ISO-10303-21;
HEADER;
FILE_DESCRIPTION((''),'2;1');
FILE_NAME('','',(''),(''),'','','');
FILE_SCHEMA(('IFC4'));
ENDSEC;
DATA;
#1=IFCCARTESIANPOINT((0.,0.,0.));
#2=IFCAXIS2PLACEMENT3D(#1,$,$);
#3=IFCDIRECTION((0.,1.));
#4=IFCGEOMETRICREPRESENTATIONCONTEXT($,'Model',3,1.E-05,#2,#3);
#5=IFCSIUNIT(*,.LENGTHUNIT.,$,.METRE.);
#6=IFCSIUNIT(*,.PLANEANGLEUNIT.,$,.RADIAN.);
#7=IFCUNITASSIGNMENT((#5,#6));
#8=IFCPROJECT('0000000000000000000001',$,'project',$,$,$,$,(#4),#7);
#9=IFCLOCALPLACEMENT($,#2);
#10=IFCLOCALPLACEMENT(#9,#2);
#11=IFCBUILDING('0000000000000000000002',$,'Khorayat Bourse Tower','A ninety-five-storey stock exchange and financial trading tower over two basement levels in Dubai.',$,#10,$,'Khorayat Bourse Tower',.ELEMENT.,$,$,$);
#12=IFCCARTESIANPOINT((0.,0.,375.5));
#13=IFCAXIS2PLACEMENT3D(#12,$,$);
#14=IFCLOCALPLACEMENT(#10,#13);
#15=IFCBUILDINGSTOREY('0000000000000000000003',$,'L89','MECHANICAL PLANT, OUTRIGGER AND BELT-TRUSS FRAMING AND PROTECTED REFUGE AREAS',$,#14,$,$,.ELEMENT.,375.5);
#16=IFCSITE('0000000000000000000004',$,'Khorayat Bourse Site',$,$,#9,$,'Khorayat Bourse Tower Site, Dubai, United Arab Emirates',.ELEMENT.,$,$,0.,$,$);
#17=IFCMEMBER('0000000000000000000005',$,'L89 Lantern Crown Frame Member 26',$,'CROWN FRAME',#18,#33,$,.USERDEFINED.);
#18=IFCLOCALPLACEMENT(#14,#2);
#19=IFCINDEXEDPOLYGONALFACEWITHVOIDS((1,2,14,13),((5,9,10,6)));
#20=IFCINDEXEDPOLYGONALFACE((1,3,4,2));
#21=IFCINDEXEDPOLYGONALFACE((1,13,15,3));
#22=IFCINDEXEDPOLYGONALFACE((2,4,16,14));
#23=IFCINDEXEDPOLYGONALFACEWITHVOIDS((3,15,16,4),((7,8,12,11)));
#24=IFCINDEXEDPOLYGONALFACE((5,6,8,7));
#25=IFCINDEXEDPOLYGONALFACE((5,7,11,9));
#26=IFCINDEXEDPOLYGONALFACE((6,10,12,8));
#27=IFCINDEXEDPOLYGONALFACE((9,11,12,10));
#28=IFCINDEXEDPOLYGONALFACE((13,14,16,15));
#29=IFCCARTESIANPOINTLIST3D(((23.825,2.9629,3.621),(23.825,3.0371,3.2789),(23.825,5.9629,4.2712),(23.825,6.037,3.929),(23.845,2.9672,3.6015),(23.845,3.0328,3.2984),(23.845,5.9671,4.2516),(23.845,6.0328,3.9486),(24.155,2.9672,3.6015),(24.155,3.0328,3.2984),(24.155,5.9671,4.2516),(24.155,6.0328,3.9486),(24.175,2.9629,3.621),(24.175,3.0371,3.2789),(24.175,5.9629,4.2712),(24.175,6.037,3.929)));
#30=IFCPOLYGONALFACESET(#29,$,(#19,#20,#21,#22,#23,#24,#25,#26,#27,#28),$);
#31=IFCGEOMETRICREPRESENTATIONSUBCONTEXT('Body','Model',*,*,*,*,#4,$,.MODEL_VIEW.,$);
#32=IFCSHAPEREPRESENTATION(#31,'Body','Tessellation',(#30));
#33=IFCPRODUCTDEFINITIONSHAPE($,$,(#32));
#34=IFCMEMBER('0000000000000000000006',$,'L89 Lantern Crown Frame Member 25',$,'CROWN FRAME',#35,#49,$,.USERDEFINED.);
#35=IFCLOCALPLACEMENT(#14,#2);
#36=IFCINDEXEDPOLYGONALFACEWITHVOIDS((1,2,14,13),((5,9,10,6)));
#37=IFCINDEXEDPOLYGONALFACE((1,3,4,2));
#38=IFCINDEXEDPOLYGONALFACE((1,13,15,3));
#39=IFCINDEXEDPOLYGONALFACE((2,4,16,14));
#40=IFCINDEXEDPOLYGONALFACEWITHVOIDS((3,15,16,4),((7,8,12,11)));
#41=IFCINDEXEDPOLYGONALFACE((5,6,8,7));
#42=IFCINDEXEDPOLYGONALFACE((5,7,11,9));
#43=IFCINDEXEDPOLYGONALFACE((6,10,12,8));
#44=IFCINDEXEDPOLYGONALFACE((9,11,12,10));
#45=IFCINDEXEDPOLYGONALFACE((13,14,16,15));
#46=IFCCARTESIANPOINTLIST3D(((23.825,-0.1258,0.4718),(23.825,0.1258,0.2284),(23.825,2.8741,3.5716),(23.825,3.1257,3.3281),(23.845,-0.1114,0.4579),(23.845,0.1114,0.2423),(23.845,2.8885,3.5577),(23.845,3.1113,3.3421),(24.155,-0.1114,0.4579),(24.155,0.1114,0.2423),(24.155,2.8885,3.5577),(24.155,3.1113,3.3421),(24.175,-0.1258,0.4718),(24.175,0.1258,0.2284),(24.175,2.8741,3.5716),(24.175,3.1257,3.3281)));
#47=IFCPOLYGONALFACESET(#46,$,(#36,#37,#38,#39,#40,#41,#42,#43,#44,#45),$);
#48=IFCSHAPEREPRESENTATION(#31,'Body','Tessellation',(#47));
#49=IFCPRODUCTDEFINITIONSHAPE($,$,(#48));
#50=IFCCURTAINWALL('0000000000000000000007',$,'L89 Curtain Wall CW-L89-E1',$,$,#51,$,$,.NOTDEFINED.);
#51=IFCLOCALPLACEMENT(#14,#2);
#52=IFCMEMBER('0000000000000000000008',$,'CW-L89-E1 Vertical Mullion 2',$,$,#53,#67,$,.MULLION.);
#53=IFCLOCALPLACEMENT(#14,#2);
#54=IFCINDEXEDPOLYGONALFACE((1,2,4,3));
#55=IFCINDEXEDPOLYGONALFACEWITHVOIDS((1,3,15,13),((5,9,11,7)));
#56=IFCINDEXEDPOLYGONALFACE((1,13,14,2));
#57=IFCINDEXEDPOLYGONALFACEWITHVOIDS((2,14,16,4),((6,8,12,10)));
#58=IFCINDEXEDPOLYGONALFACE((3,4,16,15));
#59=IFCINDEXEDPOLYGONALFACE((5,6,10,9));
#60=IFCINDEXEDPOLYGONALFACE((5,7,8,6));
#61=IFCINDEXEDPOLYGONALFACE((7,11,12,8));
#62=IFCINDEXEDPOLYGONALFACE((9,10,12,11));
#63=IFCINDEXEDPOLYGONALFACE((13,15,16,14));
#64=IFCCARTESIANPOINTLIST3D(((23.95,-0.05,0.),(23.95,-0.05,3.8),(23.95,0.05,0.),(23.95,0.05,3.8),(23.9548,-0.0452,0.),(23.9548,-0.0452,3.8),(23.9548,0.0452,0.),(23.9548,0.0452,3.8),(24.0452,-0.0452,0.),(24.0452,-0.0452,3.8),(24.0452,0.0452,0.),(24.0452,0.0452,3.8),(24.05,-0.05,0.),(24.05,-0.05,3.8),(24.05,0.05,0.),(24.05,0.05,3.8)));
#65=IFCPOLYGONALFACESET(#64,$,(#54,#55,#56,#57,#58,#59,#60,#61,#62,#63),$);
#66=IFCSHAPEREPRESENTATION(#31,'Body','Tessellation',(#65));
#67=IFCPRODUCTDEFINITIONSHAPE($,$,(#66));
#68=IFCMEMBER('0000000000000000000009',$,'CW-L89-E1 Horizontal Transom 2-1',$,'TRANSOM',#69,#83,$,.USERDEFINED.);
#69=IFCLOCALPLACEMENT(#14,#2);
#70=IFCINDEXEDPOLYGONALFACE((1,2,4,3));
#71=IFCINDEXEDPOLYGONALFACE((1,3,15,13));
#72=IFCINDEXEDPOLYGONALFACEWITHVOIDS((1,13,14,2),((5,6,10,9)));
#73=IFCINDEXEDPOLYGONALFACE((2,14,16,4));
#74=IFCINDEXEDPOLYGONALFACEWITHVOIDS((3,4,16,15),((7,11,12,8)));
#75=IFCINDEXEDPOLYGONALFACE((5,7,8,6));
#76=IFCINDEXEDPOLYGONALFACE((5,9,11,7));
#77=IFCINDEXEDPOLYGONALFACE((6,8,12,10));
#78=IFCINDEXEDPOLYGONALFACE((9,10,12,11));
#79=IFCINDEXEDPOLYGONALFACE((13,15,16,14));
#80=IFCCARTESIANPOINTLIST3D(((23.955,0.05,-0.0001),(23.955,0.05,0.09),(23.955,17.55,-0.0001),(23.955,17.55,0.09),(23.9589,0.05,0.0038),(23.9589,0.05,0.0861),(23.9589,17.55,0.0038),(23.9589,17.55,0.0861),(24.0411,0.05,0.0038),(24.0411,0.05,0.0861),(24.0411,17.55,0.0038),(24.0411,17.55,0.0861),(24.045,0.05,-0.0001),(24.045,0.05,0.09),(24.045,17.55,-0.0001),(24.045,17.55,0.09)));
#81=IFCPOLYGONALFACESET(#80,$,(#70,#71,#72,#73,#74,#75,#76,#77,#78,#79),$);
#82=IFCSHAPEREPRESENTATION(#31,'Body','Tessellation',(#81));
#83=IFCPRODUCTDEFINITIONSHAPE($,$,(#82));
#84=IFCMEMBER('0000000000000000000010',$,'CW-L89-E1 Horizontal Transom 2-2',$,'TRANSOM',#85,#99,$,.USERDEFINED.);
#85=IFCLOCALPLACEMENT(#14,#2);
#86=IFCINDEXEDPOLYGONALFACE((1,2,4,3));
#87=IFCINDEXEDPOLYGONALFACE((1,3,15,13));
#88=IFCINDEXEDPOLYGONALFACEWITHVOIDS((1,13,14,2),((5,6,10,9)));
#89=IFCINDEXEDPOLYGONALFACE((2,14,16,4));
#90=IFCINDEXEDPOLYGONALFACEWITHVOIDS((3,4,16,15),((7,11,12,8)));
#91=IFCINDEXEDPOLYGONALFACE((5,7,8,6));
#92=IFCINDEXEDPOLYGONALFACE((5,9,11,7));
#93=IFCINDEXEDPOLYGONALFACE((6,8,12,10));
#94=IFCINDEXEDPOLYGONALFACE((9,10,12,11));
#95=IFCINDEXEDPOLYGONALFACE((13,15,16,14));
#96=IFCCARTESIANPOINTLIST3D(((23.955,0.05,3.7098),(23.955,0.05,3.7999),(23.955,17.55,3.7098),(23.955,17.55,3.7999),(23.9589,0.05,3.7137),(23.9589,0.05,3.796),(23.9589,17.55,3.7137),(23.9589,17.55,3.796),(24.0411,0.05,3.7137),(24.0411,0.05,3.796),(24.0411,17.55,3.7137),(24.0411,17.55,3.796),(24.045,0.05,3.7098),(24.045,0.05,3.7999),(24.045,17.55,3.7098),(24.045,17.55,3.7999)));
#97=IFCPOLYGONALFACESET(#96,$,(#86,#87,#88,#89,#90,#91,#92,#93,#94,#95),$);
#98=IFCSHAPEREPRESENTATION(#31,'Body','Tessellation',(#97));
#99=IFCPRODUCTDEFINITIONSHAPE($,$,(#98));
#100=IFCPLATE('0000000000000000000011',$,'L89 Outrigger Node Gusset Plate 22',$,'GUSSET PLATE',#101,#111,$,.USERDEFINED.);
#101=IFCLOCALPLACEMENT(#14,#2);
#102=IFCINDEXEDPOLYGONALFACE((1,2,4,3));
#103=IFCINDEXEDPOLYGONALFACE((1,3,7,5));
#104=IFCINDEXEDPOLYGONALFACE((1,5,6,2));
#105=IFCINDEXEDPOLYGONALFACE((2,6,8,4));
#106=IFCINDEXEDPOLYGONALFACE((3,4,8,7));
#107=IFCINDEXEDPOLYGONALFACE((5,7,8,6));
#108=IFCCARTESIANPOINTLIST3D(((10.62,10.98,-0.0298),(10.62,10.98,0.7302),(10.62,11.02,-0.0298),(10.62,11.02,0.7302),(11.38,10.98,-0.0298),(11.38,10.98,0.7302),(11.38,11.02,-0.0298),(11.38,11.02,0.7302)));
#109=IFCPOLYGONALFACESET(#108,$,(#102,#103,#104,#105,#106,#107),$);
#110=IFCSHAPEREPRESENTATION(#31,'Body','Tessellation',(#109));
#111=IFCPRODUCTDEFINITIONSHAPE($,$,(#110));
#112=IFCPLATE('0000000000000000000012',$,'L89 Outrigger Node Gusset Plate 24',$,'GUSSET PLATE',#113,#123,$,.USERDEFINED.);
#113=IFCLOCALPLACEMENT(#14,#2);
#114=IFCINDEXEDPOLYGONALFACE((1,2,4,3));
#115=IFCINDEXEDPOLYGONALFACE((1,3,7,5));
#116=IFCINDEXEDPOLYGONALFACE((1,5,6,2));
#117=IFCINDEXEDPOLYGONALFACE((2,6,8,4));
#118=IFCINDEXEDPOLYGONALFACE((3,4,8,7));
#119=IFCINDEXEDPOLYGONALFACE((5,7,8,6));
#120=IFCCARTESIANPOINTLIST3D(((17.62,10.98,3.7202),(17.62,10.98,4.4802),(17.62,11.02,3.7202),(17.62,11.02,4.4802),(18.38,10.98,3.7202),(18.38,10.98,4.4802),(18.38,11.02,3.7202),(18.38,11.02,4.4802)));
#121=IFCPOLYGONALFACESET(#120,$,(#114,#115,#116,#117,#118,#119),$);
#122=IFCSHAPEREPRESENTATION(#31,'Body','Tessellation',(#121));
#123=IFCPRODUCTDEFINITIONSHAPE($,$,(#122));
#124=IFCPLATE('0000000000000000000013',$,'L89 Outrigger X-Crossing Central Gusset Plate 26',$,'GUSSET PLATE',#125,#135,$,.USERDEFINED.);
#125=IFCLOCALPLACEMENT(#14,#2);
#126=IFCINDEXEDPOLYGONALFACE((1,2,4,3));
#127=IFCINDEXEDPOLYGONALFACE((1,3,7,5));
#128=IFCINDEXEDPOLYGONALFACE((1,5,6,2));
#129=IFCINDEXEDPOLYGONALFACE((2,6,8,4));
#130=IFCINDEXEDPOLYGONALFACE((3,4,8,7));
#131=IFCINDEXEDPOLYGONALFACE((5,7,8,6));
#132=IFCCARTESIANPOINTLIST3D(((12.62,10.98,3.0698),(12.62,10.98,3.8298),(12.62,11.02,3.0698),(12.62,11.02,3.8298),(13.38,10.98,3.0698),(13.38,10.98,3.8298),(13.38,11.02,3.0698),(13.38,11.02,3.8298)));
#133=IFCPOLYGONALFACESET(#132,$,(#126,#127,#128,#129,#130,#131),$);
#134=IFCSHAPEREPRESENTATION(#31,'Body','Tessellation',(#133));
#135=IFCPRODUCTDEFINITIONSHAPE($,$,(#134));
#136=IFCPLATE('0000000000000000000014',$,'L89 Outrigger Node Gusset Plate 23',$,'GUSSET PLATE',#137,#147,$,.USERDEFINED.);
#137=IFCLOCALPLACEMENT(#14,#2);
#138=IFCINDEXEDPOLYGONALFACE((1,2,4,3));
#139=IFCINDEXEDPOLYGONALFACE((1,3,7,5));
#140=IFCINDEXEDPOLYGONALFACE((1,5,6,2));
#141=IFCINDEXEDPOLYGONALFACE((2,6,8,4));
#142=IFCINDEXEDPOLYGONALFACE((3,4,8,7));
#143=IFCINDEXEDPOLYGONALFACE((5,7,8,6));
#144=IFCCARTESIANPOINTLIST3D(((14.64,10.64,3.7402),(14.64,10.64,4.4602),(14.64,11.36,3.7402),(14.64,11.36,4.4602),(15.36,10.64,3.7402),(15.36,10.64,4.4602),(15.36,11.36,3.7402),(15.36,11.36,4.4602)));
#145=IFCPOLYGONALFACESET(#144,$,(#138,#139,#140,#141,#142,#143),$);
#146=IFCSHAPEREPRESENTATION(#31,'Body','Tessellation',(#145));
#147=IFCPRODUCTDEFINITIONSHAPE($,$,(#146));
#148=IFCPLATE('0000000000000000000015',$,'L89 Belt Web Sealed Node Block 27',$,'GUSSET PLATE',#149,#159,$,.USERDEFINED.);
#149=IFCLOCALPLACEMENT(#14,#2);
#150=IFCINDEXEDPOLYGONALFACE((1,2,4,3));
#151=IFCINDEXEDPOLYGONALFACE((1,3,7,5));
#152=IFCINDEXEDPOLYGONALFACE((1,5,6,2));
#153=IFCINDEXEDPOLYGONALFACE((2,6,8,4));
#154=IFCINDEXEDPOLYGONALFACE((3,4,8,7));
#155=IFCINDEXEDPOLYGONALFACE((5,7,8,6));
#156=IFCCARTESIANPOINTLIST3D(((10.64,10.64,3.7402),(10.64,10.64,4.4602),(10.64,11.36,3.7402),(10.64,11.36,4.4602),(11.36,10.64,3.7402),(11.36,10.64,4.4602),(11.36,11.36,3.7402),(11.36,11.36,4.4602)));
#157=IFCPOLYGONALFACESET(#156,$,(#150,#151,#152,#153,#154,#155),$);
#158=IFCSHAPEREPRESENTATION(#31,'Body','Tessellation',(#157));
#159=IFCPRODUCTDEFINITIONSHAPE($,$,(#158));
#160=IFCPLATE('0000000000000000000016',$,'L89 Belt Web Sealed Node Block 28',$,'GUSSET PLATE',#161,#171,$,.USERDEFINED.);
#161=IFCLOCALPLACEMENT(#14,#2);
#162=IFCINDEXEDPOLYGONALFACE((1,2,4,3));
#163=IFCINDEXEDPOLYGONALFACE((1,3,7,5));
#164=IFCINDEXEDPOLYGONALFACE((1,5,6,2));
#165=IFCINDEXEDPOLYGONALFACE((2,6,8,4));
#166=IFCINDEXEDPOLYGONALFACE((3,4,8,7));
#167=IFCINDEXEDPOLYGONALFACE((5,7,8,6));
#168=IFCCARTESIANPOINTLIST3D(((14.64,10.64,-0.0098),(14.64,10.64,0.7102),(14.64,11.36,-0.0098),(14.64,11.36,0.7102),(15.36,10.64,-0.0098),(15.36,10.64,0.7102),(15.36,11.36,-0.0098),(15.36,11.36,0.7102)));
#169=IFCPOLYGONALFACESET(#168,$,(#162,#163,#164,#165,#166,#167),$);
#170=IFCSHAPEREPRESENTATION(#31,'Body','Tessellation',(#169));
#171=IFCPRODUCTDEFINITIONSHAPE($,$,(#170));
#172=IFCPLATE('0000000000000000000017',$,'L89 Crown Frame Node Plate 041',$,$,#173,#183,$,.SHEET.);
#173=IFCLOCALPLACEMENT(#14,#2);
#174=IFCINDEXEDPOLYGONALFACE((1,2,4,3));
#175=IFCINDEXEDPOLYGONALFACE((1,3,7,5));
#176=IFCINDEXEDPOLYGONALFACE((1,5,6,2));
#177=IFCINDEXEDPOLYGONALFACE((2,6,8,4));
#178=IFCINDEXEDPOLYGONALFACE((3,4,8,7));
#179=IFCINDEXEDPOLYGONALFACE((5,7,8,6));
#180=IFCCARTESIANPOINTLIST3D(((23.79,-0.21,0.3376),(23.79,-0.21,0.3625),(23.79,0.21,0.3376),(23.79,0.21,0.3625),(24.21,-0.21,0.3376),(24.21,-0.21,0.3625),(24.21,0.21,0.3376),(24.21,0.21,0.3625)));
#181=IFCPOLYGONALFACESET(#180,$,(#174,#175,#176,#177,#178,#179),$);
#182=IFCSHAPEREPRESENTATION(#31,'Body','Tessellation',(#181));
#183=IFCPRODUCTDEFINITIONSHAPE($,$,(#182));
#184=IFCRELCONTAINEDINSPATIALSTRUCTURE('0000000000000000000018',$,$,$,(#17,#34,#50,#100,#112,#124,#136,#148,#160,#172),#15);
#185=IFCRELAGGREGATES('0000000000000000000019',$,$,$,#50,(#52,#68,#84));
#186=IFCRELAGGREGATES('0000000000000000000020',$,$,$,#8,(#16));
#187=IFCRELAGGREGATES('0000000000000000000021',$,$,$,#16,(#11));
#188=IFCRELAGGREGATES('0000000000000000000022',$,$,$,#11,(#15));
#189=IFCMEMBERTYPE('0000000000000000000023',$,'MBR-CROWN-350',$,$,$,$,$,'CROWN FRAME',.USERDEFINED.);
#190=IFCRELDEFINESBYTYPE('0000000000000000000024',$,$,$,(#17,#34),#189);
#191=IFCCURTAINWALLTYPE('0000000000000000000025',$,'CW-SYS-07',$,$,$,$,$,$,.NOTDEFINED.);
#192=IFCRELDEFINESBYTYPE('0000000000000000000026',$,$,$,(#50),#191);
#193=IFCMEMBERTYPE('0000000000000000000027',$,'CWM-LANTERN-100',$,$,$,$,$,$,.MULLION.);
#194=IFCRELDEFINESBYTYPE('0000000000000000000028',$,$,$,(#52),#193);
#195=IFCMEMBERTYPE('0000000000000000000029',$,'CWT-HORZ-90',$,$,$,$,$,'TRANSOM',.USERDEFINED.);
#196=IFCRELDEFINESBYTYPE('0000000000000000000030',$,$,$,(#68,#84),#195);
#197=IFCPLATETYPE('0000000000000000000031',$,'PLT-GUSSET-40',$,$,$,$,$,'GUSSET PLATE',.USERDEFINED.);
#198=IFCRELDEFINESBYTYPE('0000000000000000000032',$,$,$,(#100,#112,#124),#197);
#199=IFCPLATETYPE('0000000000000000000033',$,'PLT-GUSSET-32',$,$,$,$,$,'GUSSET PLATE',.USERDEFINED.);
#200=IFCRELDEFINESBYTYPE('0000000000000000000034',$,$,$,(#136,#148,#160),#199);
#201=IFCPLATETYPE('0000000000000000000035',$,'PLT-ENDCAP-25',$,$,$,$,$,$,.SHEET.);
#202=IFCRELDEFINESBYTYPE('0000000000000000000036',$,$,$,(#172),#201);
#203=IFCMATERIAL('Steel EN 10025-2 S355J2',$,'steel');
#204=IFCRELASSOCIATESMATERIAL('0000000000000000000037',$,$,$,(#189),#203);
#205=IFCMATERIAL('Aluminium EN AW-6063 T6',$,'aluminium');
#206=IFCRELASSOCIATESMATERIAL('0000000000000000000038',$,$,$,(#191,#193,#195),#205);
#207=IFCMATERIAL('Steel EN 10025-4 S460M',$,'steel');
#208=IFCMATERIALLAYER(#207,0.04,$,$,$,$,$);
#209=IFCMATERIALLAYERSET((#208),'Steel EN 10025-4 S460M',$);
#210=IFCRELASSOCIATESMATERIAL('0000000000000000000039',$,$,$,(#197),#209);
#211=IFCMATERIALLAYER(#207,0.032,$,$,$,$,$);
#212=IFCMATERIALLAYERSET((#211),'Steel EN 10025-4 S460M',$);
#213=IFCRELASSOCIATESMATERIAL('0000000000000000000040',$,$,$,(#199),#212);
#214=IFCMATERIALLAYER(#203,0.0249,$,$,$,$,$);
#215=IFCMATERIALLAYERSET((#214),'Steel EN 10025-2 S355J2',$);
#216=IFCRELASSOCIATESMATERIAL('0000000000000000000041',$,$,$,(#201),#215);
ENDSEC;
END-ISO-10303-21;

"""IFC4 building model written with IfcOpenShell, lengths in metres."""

from ifc_helpers import new_model, si_unit, direction, frame, origin, origin_2d, place, context, subcontext, project, spatial, rectangle, hollow_rectangle, extrude, source, transform, mapped, material, layer, layer_set, material_profile, profile_set, type_object, element, aggregate, save


model = new_model("IFC4")

# Units and contexts
model_context = context("Model", 3, precision=1e-05, world=origin(), true_north=direction((0.0, 1.0)))
body_context = subcontext(model_context, "Body", "Model", "MODEL_VIEW")
ifc_project = project(units=[si_unit("LENGTHUNIT", "METRE"), si_unit("PLANEANGLEUNIT", "RADIAN")], contexts=[model_context])

# Site, building, storey
site_placement = place(None, origin())
site = spatial("IfcSite", under=ifc_project, at=site_placement, Name="Khorayat Bourse Site", LongName="Khorayat Bourse Tower Site, Dubai, United Arab Emirates", CompositionType="ELEMENT", RefElevation=0.0)
building_placement = place(site_placement, origin())
building = spatial("IfcBuilding", under=site, at=building_placement, Name="Khorayat Bourse Tower", Description="A ninety-five-storey stock exchange and financial trading tower over two basement levels in Dubai.", LongName="Khorayat Bourse Tower", CompositionType="ELEMENT")
storey_placement = place(building_placement, frame((0.0, 0.0, 375.5)))
storey = spatial("IfcBuildingStorey", under=building, at=storey_placement, Name="L89", Description="MECHANICAL PLANT, OUTRIGGER AND BELT-TRUSS FRAMING AND PROTECTED REFUGE AREAS", CompositionType="ELEMENT", Elevation=375.5)

# Shared definitions
ifc_material_1 = material(Name="Steel EN 10025-2 S355J2", Category="steel")

# Shared definitions
ifc_material_2 = material(Name="Steel EN 10025-4 S460M", Category="steel")

# Members
ifc_material_profile_1 = material_profile(ifc_material_1, hollow_rectangle(XDim=0.3501, YDim=0.3501, WallThickness=0.02, at=origin_2d()), Name="HSS 350x350x20")
ifc_profile_set_1 = profile_set([ifc_material_profile_1], Name="Steel EN 10025-2 S355J2")
member_type_1 = type_object("IfcMemberType", Name="MBR-CROWN-350", ElementType="CROWN FRAME", PredefinedType="USERDEFINED", material=ifc_profile_set_1)
shared_shape_1 = source(origin(), body_context, "Body", "SweptSolid", [
    extrude(hollow_rectangle(XDim=0.3501, YDim=0.3501, WallThickness=0.02, at=origin_2d()), origin(), (0.0, 0.0, 1.0), 3.0696),
])
member_1_placement = place(storey_placement, frame((24.0, 3.0, 3.45), z_axis=(0.0, 0.977313, 0.211799), x_axis=(-1.0, 0.0, 0.0)))
element("IfcMember", 1, at=member_1_placement, inside=storey, type_object=member_type_1, Name="L89 Lantern Crown Frame Member 26", ObjectType="CROWN FRAME", PredefinedType="USERDEFINED", context=body_context, shape_type="MappedRepresentation", body=[
    mapped(shared_shape_1, transform((0.0, 0.0, 0.0), scale=1.0)),
])
shared_shape_2 = source(origin(), body_context, "Body", "SweptSolid", [
    extrude(hollow_rectangle(XDim=0.3501, YDim=0.3501, WallThickness=0.02, at=origin_2d()), origin(), (0.0, 0.0, 1.0), 4.3137),
])
member_2_placement = place(storey_placement, frame((24.0, 0.0, 0.3501), z_axis=(0.0, 0.695438, 0.718586), x_axis=(-1.0, 0.0, 0.0)))
element("IfcMember", 2, at=member_2_placement, inside=storey, type_object=member_type_1, Name="L89 Lantern Crown Frame Member 25", ObjectType="CROWN FRAME", PredefinedType="USERDEFINED", context=body_context, shape_type="MappedRepresentation", body=[
    mapped(shared_shape_2, transform((0.0, 0.0, 0.0), scale=1.0)),
])

# Curtain wall, members
ifc_material_3 = material(Name="Aluminium EN AW-6063 T6", Category="aluminium")
curtain_wall_type = type_object("IfcCurtainWallType", Name="CW-SYS-07", PredefinedType="NOTDEFINED", material=ifc_material_3)
curtain_wall_placement = place(storey_placement, origin())
curtain_wall = element("IfcCurtainWall", 3, at=curtain_wall_placement, inside=storey, type_object=curtain_wall_type, Name="L89 Curtain Wall CW-L89-E1", PredefinedType="NOTDEFINED")
ifc_material_profile_2 = material_profile(ifc_material_3, hollow_rectangle(XDim=0.1001, YDim=0.1001, WallThickness=0.0049, at=origin_2d()), Name="ALU 100x100x5")
ifc_profile_set_2 = profile_set([ifc_material_profile_2], Name="Aluminium EN AW-6063 T6")
member_type_2 = type_object("IfcMemberType", Name="CWM-LANTERN-100", PredefinedType="MULLION", material=ifc_profile_set_2)
shared_shape_3 = source(origin(), body_context, "Body", "SweptSolid", [
    extrude(hollow_rectangle(XDim=0.1001, YDim=0.1001, WallThickness=0.0049, at=origin_2d()), origin(), (0.0, 0.0, 1.0), 3.8),
])
member_3_placement = place(storey_placement, frame((24.0, 0.0, 0.0), z_axis=(0.0, 0.0, 1.0), x_axis=(-1.0, 0.0, 0.0)))
member_3 = element("IfcMember", 4, at=member_3_placement, type_object=member_type_2, Name="CW-L89-E1 Vertical Mullion 2", PredefinedType="MULLION", context=body_context, shape_type="MappedRepresentation", body=[
    mapped(shared_shape_3, transform((0.0, 0.0, 0.0), scale=1.0)),
])
ifc_material_profile_3 = material_profile(ifc_material_3, hollow_rectangle(XDim=0.0901, YDim=0.0901, WallThickness=0.0039, at=origin_2d()), Name="ALU 90x90x4")
ifc_profile_set_3 = profile_set([ifc_material_profile_3], Name="Aluminium EN AW-6063 T6")
member_type_3 = type_object("IfcMemberType", Name="CWT-HORZ-90", ElementType="TRANSOM", PredefinedType="USERDEFINED", material=ifc_profile_set_3)
shared_shape_4 = source(origin(), body_context, "Body", "SweptSolid", [
    extrude(hollow_rectangle(XDim=0.0901, YDim=0.0901, WallThickness=0.0039, at=origin_2d()), origin(), (0.0, 0.0, 1.0), 17.5),
])
member_4_placement = place(storey_placement, frame((24.0, 0.05, 0.0449), z_axis=(0.0, 1.0, 0.0), x_axis=(-1.0, 0.0, 0.0)))
member_4 = element("IfcMember", 5, at=member_4_placement, type_object=member_type_3, Name="CW-L89-E1 Horizontal Transom 2-1", ObjectType="TRANSOM", PredefinedType="USERDEFINED", context=body_context, shape_type="MappedRepresentation", body=[
    mapped(shared_shape_4, transform((0.0, 0.0, 0.0), scale=1.0)),
])
member_5_placement = place(storey_placement, frame((24.0, 0.05, 3.7549), z_axis=(0.0, 1.0, 0.0), x_axis=(-1.0, 0.0, 0.0)))
member_5 = element("IfcMember", 6, at=member_5_placement, type_object=member_type_3, Name="CW-L89-E1 Horizontal Transom 2-2", ObjectType="TRANSOM", PredefinedType="USERDEFINED", context=body_context, shape_type="MappedRepresentation", body=[
    mapped(shared_shape_4, transform((0.0, 0.0, 0.0), scale=1.0)),
])

# Plates
ifc_layer_1 = layer(ifc_material_2, 0.04)
ifc_layer_set_1 = layer_set([ifc_layer_1], Name="Steel EN 10025-4 S460M")
plate_type_1 = type_object("IfcPlateType", Name="PLT-GUSSET-40", ElementType="GUSSET PLATE", PredefinedType="USERDEFINED", material=ifc_layer_set_1)
shared_shape_5 = source(origin(), body_context, "Body", "SweptSolid", [
    extrude(rectangle(XDim=0.76, YDim=0.04, at=origin_2d()), origin(), (0.0, 0.0, 1.0), 0.76),
])
for number, where, z_axis, x_axis, name in (
    (7, (11.0, 11.0, -0.0298), (0.0, 0.0, 1.0), (1.0, 0.0, 0.0), "L89 Outrigger Node Gusset Plate 22"),
    (8, (18.0, 11.0, 3.7202), (0.0, 0.0, 1.0), (1.0, 0.0, 0.0), "L89 Outrigger Node Gusset Plate 24"),
    (9, (13.0, 11.0, 3.0698), (0.0, 0.0, 1.0), (1.0, 0.0, 0.0), "L89 Outrigger X-Crossing Central Gusset Plate 26"),
):
    element("IfcPlate", number, at=place(storey_placement, frame(where, z_axis=z_axis, x_axis=x_axis)), inside=storey, type_object=plate_type_1, Name=name, ObjectType="GUSSET PLATE", PredefinedType="USERDEFINED", context=body_context, shape_type="MappedRepresentation", body=[
        mapped(shared_shape_5, transform((0.0, 0.0, 0.0), scale=1.0)),
    ])
ifc_layer_2 = layer(ifc_material_2, 0.032)
ifc_layer_set_2 = layer_set([ifc_layer_2], Name="Steel EN 10025-4 S460M")
plate_type_2 = type_object("IfcPlateType", Name="PLT-GUSSET-32", ElementType="GUSSET PLATE", PredefinedType="USERDEFINED", material=ifc_layer_set_2)
shared_shape_6 = source(origin(), body_context, "Body", "SweptSolid", [
    extrude(rectangle(XDim=0.72, YDim=0.72, at=origin_2d()), origin(), (0.0, 0.0, 1.0), 0.72),
])
for number, where, z_axis, x_axis, name in (
    (10, (15.0, 11.0, 3.7402), (0.0, 0.0, 1.0), (1.0, 0.0, 0.0), "L89 Outrigger Node Gusset Plate 23"),
    (11, (11.0, 11.0, 3.7402), (0.0, 0.0, 1.0), (1.0, 0.0, 0.0), "L89 Belt Web Sealed Node Block 27"),
    (12, (15.0, 11.0, -0.0098), (0.0, 0.0, 1.0), (1.0, 0.0, 0.0), "L89 Belt Web Sealed Node Block 28"),
):
    element("IfcPlate", number, at=place(storey_placement, frame(where, z_axis=z_axis, x_axis=x_axis)), inside=storey, type_object=plate_type_2, Name=name, ObjectType="GUSSET PLATE", PredefinedType="USERDEFINED", context=body_context, shape_type="MappedRepresentation", body=[
        mapped(shared_shape_6, transform((0.0, 0.0, 0.0), scale=1.0)),
    ])
ifc_layer_3 = layer(ifc_material_1, 0.0249)
ifc_layer_set_3 = layer_set([ifc_layer_3], Name="Steel EN 10025-2 S355J2")
plate_type_3 = type_object("IfcPlateType", Name="PLT-ENDCAP-25", PredefinedType="SHEET", material=ifc_layer_set_3)
shared_shape_7 = source(origin(), body_context, "Body", "SweptSolid", [
    extrude(rectangle(XDim=0.4199, YDim=0.4199, at=origin_2d()), origin(), (0.0, 0.0, 1.0), 0.0249),
])
for number, where, z_axis, x_axis, name in (
    (13, (24.0, 0.0, 0.3376), (0.0, 0.0, 1.0), (1.0, 0.0, 0.0), "L89 Crown Frame Node Plate 041"),
):
    element("IfcPlate", number, at=place(storey_placement, frame(where, z_axis=z_axis, x_axis=x_axis)), inside=storey, type_object=plate_type_3, Name=name, PredefinedType="SHEET", context=body_context, shape_type="MappedRepresentation", body=[
        mapped(shared_shape_7, transform((0.0, 0.0, 0.0), scale=1.0)),
    ])

aggregate(curtain_wall, [member_3, member_4, member_5])

save(model, "model.ifc")
